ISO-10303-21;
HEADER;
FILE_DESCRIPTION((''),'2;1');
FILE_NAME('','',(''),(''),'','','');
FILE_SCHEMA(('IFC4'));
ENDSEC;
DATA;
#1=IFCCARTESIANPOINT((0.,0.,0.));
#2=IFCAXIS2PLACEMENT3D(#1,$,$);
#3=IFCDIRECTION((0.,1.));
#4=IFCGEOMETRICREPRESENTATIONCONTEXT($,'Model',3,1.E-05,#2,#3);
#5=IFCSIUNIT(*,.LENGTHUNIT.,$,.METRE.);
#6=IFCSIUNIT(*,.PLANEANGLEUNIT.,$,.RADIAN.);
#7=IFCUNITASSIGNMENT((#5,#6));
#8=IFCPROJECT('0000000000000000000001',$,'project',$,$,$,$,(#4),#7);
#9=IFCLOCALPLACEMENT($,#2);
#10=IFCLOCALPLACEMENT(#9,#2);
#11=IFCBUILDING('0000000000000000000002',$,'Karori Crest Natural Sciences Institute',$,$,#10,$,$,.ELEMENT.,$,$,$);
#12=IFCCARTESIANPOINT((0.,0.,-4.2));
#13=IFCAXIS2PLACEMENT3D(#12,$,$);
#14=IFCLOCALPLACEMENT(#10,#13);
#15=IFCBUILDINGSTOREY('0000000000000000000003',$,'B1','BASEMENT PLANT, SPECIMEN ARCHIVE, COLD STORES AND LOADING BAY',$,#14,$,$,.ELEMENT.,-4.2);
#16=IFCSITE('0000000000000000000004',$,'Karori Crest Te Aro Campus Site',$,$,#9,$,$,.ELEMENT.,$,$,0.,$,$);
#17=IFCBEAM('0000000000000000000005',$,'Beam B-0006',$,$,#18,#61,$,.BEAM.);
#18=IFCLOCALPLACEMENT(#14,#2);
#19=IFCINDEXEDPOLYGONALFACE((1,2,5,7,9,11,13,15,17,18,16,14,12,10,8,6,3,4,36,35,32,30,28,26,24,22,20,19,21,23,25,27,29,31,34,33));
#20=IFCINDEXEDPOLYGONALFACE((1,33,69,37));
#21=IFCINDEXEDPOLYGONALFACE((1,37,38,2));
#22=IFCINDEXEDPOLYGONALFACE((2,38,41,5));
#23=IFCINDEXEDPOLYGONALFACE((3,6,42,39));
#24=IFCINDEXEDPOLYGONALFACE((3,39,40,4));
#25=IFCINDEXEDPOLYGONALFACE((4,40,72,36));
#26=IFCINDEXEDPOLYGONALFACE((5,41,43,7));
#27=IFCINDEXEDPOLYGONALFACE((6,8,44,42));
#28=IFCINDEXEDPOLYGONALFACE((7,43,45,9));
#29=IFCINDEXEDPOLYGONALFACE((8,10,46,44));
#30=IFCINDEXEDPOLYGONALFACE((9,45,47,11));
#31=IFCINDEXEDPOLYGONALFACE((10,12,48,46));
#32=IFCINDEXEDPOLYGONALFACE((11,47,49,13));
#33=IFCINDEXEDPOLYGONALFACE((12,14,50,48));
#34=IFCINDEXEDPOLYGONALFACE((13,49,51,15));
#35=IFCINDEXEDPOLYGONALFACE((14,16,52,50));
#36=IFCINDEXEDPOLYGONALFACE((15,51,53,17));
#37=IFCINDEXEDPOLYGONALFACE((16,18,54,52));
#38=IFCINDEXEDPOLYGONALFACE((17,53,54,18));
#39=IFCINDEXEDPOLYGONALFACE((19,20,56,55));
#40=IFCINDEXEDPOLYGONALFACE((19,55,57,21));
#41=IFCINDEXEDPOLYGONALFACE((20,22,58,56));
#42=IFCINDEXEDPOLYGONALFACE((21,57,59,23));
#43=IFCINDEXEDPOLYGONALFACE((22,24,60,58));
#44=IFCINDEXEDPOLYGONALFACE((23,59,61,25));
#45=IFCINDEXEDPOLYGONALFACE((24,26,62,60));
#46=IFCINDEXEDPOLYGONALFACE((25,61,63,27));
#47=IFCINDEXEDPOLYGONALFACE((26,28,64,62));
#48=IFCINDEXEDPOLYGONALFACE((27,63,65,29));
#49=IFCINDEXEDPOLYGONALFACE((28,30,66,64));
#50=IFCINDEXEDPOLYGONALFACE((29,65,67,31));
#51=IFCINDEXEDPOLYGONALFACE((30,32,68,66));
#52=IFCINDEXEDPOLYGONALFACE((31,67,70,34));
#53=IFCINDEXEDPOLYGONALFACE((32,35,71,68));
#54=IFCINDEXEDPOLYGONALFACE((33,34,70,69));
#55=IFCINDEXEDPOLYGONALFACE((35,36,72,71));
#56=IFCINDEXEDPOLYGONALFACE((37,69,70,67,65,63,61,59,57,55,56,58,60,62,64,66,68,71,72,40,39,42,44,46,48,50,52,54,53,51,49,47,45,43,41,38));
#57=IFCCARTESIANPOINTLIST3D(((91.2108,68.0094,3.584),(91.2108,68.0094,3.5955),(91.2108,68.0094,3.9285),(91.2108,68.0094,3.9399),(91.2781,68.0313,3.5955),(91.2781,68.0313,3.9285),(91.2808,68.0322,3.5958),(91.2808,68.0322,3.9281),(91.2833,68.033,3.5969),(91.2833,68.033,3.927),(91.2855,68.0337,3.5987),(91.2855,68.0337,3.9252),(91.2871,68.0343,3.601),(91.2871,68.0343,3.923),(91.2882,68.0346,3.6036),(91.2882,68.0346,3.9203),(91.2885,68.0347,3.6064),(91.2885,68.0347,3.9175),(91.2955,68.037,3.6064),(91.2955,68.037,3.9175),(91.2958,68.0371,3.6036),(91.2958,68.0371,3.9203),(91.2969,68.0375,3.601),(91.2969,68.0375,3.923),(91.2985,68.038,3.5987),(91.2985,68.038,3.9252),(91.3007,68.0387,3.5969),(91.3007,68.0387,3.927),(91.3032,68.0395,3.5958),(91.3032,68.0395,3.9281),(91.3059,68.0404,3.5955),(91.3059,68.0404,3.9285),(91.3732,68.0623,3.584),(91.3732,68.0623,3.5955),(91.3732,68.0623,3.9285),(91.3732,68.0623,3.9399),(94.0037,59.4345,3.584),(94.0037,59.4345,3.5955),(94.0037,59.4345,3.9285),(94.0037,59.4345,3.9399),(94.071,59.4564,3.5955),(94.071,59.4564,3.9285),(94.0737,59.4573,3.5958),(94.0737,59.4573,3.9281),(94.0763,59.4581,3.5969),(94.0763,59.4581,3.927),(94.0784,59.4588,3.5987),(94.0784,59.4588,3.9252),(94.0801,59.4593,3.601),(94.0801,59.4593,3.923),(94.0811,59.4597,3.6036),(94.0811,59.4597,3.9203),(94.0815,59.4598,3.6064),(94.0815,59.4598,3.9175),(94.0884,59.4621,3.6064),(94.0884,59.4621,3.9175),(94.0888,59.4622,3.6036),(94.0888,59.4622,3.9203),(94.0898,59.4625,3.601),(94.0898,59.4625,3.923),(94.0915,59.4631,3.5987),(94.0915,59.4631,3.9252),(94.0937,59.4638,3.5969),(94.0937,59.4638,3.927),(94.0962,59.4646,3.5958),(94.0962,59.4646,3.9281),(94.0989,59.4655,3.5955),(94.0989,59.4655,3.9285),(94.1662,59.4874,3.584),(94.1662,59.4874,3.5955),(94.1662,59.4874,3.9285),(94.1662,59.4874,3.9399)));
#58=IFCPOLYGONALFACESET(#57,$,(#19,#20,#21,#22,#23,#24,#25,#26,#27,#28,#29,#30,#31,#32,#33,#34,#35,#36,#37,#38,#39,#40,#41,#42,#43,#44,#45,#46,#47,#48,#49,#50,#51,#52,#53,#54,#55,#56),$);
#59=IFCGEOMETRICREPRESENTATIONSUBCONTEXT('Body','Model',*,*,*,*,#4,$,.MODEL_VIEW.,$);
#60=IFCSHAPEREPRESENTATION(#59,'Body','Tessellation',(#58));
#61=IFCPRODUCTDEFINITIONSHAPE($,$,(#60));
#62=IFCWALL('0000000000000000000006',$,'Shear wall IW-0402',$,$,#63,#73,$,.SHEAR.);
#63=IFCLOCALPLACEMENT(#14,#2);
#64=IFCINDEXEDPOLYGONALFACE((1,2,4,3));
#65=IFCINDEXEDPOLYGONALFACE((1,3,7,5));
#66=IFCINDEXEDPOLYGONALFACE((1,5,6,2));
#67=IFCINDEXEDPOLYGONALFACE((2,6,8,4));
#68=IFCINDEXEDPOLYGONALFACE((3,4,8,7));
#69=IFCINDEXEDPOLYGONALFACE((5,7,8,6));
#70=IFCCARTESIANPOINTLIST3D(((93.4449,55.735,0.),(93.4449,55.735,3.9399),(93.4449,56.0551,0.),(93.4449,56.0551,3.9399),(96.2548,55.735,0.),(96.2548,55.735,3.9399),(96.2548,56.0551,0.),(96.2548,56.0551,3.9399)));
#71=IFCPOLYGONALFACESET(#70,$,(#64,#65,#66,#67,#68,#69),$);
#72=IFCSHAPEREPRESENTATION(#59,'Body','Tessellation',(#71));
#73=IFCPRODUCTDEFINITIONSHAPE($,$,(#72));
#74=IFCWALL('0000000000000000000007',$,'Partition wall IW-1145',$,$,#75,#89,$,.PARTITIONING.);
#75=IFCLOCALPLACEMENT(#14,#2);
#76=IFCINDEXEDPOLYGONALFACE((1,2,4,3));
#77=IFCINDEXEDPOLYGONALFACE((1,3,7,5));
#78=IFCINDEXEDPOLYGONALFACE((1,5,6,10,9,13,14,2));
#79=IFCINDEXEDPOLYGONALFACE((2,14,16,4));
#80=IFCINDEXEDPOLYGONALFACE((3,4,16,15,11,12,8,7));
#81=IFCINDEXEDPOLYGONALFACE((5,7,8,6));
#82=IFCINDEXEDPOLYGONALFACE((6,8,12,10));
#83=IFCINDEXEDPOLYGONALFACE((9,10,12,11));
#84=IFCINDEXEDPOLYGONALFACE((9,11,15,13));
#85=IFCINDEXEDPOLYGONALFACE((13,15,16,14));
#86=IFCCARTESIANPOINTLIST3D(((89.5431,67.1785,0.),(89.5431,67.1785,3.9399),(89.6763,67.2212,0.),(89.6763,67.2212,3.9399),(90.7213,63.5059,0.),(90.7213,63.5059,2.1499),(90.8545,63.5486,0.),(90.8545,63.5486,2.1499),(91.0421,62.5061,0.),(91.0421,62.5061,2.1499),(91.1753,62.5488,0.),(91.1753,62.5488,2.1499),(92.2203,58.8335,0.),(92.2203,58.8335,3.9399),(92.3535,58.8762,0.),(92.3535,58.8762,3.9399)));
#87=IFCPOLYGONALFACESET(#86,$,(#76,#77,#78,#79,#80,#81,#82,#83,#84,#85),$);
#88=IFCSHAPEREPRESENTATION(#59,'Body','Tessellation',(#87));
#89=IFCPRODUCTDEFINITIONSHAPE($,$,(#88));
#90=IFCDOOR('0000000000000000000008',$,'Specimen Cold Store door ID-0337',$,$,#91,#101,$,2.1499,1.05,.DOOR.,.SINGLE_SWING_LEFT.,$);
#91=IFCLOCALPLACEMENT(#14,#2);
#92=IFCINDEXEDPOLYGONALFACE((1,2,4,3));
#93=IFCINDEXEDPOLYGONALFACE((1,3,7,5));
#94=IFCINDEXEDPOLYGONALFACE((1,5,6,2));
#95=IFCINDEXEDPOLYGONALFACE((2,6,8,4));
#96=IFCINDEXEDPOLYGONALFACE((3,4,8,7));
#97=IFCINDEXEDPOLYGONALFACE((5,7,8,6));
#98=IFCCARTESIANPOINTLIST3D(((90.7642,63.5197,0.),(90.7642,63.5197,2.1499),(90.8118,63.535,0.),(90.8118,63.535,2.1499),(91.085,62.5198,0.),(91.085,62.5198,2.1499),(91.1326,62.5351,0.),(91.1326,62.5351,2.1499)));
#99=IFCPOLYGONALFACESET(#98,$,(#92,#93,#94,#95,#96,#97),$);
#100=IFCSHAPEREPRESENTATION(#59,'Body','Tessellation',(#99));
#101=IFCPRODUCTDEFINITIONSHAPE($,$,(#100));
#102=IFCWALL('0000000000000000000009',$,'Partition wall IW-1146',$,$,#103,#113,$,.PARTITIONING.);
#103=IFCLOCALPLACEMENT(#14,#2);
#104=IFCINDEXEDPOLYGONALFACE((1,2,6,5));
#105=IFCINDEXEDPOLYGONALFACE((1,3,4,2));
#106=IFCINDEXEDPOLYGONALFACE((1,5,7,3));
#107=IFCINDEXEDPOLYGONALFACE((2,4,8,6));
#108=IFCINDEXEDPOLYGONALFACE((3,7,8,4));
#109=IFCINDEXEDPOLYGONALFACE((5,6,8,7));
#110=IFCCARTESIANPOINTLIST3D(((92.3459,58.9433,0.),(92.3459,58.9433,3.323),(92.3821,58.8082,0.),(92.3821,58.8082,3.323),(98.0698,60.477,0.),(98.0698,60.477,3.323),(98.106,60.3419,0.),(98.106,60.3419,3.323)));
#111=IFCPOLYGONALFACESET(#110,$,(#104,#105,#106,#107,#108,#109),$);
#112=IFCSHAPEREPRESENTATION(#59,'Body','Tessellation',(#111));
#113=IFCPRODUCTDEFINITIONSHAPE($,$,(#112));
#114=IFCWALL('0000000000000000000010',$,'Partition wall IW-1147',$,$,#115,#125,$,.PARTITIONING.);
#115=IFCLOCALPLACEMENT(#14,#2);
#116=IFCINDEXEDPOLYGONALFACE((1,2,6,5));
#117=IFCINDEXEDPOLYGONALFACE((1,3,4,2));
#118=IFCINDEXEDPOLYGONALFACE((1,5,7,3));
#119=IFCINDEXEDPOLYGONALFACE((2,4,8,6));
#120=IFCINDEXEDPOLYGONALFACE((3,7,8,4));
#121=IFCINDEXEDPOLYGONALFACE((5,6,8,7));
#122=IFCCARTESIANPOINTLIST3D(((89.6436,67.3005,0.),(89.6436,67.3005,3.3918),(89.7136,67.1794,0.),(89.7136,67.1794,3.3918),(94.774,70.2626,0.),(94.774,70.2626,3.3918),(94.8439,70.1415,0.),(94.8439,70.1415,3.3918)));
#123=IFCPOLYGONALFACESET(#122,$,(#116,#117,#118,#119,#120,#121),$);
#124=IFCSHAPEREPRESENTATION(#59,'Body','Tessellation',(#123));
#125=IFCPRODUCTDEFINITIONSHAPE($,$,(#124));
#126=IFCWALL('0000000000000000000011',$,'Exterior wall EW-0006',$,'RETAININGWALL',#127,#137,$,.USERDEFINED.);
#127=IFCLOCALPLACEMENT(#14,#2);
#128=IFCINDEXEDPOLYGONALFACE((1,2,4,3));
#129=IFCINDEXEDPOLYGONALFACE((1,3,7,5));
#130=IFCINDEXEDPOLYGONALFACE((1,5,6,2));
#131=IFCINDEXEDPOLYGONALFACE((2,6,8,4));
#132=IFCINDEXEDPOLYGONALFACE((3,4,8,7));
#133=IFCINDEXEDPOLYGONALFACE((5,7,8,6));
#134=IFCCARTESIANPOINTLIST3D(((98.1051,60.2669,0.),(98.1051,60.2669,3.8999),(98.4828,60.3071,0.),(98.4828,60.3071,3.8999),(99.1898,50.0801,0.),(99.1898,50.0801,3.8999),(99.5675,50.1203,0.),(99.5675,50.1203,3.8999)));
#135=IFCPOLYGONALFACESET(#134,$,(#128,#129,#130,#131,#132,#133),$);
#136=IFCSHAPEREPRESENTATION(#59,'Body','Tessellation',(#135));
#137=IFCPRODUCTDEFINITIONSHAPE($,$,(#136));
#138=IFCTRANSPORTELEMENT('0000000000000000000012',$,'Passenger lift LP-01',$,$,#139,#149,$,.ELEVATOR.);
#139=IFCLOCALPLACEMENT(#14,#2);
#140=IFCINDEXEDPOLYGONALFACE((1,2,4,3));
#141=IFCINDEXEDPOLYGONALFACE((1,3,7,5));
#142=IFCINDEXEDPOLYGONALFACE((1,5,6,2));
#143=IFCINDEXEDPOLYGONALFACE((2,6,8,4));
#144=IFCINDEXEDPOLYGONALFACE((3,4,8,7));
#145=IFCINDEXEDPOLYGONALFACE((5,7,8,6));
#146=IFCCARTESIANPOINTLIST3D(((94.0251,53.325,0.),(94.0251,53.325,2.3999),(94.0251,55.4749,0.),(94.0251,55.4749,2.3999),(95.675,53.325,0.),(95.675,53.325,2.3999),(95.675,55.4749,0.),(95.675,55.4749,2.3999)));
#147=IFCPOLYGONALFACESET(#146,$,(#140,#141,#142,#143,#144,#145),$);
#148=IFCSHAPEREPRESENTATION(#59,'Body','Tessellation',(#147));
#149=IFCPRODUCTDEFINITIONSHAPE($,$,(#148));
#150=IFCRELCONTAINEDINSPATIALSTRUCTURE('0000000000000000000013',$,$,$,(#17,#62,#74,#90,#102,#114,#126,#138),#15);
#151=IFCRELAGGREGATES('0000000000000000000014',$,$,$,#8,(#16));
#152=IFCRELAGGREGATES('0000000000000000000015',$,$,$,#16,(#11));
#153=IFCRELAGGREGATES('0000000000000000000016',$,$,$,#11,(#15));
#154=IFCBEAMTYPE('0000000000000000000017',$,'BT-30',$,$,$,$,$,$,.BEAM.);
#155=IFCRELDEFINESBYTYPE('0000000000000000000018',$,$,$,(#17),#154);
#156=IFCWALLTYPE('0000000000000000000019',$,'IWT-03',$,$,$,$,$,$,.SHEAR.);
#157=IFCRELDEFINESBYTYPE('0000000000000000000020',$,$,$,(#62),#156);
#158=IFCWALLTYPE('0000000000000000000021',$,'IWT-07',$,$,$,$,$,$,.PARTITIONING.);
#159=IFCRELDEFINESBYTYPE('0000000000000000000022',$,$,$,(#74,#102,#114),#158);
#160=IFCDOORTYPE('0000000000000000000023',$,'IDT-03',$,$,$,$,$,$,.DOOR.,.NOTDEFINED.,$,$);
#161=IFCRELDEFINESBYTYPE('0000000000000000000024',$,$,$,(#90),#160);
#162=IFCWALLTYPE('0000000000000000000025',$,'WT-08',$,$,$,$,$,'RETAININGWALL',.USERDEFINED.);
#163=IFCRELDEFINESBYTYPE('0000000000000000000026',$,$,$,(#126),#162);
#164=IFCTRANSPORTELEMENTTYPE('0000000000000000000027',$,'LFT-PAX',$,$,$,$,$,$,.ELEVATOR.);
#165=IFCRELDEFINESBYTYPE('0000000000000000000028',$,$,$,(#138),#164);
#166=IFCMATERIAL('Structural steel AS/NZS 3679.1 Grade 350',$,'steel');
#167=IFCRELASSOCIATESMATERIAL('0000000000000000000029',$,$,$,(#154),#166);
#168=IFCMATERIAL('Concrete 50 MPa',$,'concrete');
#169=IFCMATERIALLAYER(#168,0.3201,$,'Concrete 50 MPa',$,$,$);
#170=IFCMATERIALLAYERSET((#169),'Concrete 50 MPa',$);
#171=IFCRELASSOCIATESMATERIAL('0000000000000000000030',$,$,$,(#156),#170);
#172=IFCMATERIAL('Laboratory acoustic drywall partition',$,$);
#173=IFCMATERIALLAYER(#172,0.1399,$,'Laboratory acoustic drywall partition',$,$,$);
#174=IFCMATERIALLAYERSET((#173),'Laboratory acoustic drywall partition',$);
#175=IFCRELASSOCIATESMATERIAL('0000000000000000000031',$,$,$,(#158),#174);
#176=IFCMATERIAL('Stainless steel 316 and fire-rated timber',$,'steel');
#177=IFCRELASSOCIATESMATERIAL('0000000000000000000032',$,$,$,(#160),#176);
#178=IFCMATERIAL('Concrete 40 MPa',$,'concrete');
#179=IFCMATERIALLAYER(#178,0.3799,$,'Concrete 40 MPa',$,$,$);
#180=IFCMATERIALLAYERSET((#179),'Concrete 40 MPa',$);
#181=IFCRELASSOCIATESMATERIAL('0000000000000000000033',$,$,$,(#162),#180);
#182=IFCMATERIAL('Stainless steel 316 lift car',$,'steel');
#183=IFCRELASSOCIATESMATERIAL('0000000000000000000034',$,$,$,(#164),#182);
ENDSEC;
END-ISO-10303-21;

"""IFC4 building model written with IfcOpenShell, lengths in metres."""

from ifc_helpers import new_model, si_unit, direction, frame, frame_2d, origin, origin_2d, place, context, subcontext, project, spatial, rectangle, i_section, extrude, material, layer, layer_set, material_profile, profile_set, type_object, element, fill, save


model = new_model("IFC4")

# Units and contexts
model_context = context("Model", 3, precision=1e-05, world=origin(), true_north=direction((0.0, 1.0)))
body_context = subcontext(model_context, "Body", "Model", "MODEL_VIEW")
ifc_project = project(units=[si_unit("LENGTHUNIT", "METRE"), si_unit("PLANEANGLEUNIT", "RADIAN")], contexts=[model_context])

# Site, building, storey
site_placement = place(None, origin())
site = spatial("IfcSite", under=ifc_project, at=site_placement, Name="Karori Crest Te Aro Campus Site", CompositionType="ELEMENT", RefElevation=0.0)
building_placement = place(site_placement, origin())
building = spatial("IfcBuilding", under=site, at=building_placement, Name="Karori Crest Natural Sciences Institute", CompositionType="ELEMENT")
storey_placement = place(building_placement, frame((0.0, 0.0, -4.2)))
storey = spatial("IfcBuildingStorey", under=building, at=storey_placement, Name="B1", Description="BASEMENT PLANT, SPECIMEN ARCHIVE, COLD STORES AND LOADING BAY", CompositionType="ELEMENT", Elevation=-4.2)

# Shared definitions
ifc_material_1 = material(Name="Concrete 40 MPa", Category="concrete")

# Shared definitions
ifc_material_2 = material(Name="Structural steel AS/NZS 3679.1 Grade 350", Category="steel")

# Beam
ifc_material_profile_1 = material_profile(ifc_material_2, i_section(OverallWidth=0.1709, OverallDepth=0.356, WebThickness=0.0073, FlangeThickness=0.0115, FilletRadius=0.011, at=origin_2d()), Name="360UB50.7")
ifc_profile_set_1 = profile_set([ifc_material_profile_1], Name="Structural steel AS/NZS 3679.1 Grade 350")
beam_type_1 = type_object("IfcBeamType", Name="BT-30", PredefinedType="BEAM", material=ifc_profile_set_1)
beam_1_placement = place(storey_placement, frame((94.085, 59.4609, 3.762), z_axis=(-0.309699, 0.950835, 0.0), x_axis=(-0.950835, -0.309699, 0.0)))
element("IfcBeam", 1, at=beam_1_placement, inside=storey, type_object=beam_type_1, Name="Beam B-0006", PredefinedType="BEAM", context=body_context, shape_type="SweptSolid", body=[
    extrude(i_section(OverallWidth=0.1709, OverallDepth=0.356, WebThickness=0.0073, FlangeThickness=0.0115, FilletRadius=0.011, at=origin_2d()), origin(), (0.0, 0.0, 1.0), 9.0183),
])

# Wall
ifc_material_3 = material(Name="Concrete 50 MPa", Category="concrete")
ifc_layer_1 = layer(ifc_material_3, 0.3201, Name="Concrete 50 MPa")
ifc_layer_set_1 = layer_set([ifc_layer_1], Name="Concrete 50 MPa")
wall_type_1 = type_object("IfcWallType", Name="IWT-03", PredefinedType="SHEAR", material=ifc_layer_set_1)
wall_1_placement = place(storey_placement, frame((93.4451, 55.895, 0.0), z_axis=(0.0, 0.0, 1.0), x_axis=(1.0, 0.0, 0.0)))
element("IfcWall", 2, at=wall_1_placement, inside=storey, type_object=wall_type_1, Name="Shear wall IW-0402", PredefinedType="SHEAR", context=body_context, shape_type="SweptSolid", body=[
    extrude(rectangle(XDim=2.8098, YDim=0.3201, at=frame_2d((1.4048, 0.0))), origin(), (0.0, 0.0, 1.0), 3.9399),
])

# Wall, opening, door
ifc_material_4 = material(Name="Laboratory acoustic drywall partition")
ifc_layer_2 = layer(ifc_material_4, 0.1399, Name="Laboratory acoustic drywall partition")
ifc_layer_set_2 = layer_set([ifc_layer_2], Name="Laboratory acoustic drywall partition")
wall_type_2 = type_object("IfcWallType", Name="IWT-07", PredefinedType="PARTITIONING", material=ifc_layer_set_2)
wall_2_placement = place(storey_placement, frame((92.2869, 58.855, 0.0), z_axis=(0.0, 0.0, 1.0), x_axis=(-0.305485, 0.952197, 0.0)))
wall_2 = element("IfcWall", 3, at=wall_2_placement, inside=storey, type_object=wall_type_2, Name="Partition wall IW-1145", PredefinedType="PARTITIONING", context=body_context, shape_type="SweptSolid", body=[
    extrude(rectangle(XDim=8.7639, YDim=0.1399, at=frame_2d((4.3818, 0.0))), origin(), (0.0, 0.0, 1.0), 3.9399),
])
opening_placement = place(wall_2_placement, frame((3.8569, 0.0, 0.0)))
opening = element("IfcOpeningElement", 4, at=opening_placement, cuts=wall_2, PredefinedType="OPENING", context=body_context, shape_type="SweptSolid", body=[
    extrude(rectangle(XDim=1.05, YDim=2.1499, at=frame_2d((0.5249, 1.075))), frame((0.0, 0.0801, 0.0), z_axis=(0.0, -1.0, 0.0), x_axis=(1.0, 0.0, 0.0)), (0.0, 0.0, 1.0), 0.1599),
])
ifc_material_5 = material(Name="Stainless steel 316 and fire-rated timber", Category="steel")
door_type = type_object("IfcDoorType", Name="IDT-03", OperationType="NOTDEFINED", PredefinedType="DOOR", material=ifc_material_5)
door_placement = place(opening_placement, origin())
door = element("IfcDoor", 5, at=door_placement, inside=storey, type_object=door_type, Name="Specimen Cold Store door ID-0337", OperationType="SINGLE_SWING_LEFT", OverallHeight=2.1499, OverallWidth=1.05, PredefinedType="DOOR", context=body_context, shape_type="SweptSolid", body=[
    extrude(rectangle(XDim=1.05, YDim=2.1499, at=frame_2d((0.5249, 1.075))), frame((0.0, 0.0249, 0.0), z_axis=(0.0, -1.0, 0.0), x_axis=(1.0, 0.0, 0.0)), (0.0, 0.0, 1.0), 0.05),
])
fill(opening, door)

# Walls
wall_3_placement = place(storey_placement, frame((92.364, 58.8757, 0.0), z_axis=(0.0, 0.0, 1.0), x_axis=(0.965927, 0.258816, 0.0)))
element("IfcWall", 6, at=wall_3_placement, inside=storey, type_object=wall_type_2, Name="Partition wall IW-1146", PredefinedType="PARTITIONING", context=body_context, shape_type="SweptSolid", body=[
    extrude(rectangle(XDim=5.9258, YDim=0.1399, at=frame_2d((2.9629, 0.0))), origin(), (0.0, 0.0, 1.0), 3.323),
])
wall_4_placement = place(storey_placement, frame((89.6787, 67.24, 0.0), z_axis=(0.0, 0.0, 1.0), x_axis=(0.866015, 0.500017, 0.0)))
element("IfcWall", 7, at=wall_4_placement, inside=storey, type_object=wall_type_2, Name="Partition wall IW-1147", PredefinedType="PARTITIONING", context=body_context, shape_type="SweptSolid", body=[
    extrude(rectangle(XDim=5.9241, YDim=0.1399, at=frame_2d((2.9619, 0.0))), origin(), (0.0, 0.0, 1.0), 3.3918),
])
ifc_layer_3 = layer(ifc_material_1, 0.3799, Name="Concrete 40 MPa")
ifc_layer_set_3 = layer_set([ifc_layer_3], Name="Concrete 40 MPa")
wall_type_3 = type_object("IfcWallType", Name="WT-08", ElementType="RETAININGWALL", PredefinedType="USERDEFINED", material=ifc_layer_set_3)
wall_5_placement = place(storey_placement, frame((98.2939, 60.2869, 0.0), z_axis=(0.0, 0.0, 1.0), x_axis=(0.105884, -0.994378, 0.0)))
element("IfcWall", 8, at=wall_5_placement, inside=storey, type_object=wall_type_3, Name="Exterior wall EW-0006", ObjectType="RETAININGWALL", PredefinedType="USERDEFINED", context=body_context, shape_type="SweptSolid", body=[
    extrude(rectangle(XDim=10.2444, YDim=0.3799, at=frame_2d((5.1221, 0.0))), origin(), (0.0, 0.0, 1.0), 3.8999),
])

# Transport element
ifc_material_6 = material(Name="Stainless steel 316 lift car", Category="steel")
transport_element_type = type_object("IfcTransportElementType", Name="LFT-PAX", PredefinedType="ELEVATOR", material=ifc_material_6)
transport_element_placement = place(storey_placement, frame((94.8501, 54.3999, 0.0), z_axis=(0.0, 0.0, 1.0), x_axis=(1.0, 0.0, 0.0)))
element("IfcTransportElement", 9, at=transport_element_placement, inside=storey, type_object=transport_element_type, Name="Passenger lift LP-01", PredefinedType="ELEVATOR", context=body_context, shape_type="SweptSolid", body=[
    extrude(rectangle(XDim=1.6499, YDim=2.1499, at=origin_2d()), origin(), (0.0, 0.0, 1.0), 2.3999),
])

save(model, "model.ifc")
